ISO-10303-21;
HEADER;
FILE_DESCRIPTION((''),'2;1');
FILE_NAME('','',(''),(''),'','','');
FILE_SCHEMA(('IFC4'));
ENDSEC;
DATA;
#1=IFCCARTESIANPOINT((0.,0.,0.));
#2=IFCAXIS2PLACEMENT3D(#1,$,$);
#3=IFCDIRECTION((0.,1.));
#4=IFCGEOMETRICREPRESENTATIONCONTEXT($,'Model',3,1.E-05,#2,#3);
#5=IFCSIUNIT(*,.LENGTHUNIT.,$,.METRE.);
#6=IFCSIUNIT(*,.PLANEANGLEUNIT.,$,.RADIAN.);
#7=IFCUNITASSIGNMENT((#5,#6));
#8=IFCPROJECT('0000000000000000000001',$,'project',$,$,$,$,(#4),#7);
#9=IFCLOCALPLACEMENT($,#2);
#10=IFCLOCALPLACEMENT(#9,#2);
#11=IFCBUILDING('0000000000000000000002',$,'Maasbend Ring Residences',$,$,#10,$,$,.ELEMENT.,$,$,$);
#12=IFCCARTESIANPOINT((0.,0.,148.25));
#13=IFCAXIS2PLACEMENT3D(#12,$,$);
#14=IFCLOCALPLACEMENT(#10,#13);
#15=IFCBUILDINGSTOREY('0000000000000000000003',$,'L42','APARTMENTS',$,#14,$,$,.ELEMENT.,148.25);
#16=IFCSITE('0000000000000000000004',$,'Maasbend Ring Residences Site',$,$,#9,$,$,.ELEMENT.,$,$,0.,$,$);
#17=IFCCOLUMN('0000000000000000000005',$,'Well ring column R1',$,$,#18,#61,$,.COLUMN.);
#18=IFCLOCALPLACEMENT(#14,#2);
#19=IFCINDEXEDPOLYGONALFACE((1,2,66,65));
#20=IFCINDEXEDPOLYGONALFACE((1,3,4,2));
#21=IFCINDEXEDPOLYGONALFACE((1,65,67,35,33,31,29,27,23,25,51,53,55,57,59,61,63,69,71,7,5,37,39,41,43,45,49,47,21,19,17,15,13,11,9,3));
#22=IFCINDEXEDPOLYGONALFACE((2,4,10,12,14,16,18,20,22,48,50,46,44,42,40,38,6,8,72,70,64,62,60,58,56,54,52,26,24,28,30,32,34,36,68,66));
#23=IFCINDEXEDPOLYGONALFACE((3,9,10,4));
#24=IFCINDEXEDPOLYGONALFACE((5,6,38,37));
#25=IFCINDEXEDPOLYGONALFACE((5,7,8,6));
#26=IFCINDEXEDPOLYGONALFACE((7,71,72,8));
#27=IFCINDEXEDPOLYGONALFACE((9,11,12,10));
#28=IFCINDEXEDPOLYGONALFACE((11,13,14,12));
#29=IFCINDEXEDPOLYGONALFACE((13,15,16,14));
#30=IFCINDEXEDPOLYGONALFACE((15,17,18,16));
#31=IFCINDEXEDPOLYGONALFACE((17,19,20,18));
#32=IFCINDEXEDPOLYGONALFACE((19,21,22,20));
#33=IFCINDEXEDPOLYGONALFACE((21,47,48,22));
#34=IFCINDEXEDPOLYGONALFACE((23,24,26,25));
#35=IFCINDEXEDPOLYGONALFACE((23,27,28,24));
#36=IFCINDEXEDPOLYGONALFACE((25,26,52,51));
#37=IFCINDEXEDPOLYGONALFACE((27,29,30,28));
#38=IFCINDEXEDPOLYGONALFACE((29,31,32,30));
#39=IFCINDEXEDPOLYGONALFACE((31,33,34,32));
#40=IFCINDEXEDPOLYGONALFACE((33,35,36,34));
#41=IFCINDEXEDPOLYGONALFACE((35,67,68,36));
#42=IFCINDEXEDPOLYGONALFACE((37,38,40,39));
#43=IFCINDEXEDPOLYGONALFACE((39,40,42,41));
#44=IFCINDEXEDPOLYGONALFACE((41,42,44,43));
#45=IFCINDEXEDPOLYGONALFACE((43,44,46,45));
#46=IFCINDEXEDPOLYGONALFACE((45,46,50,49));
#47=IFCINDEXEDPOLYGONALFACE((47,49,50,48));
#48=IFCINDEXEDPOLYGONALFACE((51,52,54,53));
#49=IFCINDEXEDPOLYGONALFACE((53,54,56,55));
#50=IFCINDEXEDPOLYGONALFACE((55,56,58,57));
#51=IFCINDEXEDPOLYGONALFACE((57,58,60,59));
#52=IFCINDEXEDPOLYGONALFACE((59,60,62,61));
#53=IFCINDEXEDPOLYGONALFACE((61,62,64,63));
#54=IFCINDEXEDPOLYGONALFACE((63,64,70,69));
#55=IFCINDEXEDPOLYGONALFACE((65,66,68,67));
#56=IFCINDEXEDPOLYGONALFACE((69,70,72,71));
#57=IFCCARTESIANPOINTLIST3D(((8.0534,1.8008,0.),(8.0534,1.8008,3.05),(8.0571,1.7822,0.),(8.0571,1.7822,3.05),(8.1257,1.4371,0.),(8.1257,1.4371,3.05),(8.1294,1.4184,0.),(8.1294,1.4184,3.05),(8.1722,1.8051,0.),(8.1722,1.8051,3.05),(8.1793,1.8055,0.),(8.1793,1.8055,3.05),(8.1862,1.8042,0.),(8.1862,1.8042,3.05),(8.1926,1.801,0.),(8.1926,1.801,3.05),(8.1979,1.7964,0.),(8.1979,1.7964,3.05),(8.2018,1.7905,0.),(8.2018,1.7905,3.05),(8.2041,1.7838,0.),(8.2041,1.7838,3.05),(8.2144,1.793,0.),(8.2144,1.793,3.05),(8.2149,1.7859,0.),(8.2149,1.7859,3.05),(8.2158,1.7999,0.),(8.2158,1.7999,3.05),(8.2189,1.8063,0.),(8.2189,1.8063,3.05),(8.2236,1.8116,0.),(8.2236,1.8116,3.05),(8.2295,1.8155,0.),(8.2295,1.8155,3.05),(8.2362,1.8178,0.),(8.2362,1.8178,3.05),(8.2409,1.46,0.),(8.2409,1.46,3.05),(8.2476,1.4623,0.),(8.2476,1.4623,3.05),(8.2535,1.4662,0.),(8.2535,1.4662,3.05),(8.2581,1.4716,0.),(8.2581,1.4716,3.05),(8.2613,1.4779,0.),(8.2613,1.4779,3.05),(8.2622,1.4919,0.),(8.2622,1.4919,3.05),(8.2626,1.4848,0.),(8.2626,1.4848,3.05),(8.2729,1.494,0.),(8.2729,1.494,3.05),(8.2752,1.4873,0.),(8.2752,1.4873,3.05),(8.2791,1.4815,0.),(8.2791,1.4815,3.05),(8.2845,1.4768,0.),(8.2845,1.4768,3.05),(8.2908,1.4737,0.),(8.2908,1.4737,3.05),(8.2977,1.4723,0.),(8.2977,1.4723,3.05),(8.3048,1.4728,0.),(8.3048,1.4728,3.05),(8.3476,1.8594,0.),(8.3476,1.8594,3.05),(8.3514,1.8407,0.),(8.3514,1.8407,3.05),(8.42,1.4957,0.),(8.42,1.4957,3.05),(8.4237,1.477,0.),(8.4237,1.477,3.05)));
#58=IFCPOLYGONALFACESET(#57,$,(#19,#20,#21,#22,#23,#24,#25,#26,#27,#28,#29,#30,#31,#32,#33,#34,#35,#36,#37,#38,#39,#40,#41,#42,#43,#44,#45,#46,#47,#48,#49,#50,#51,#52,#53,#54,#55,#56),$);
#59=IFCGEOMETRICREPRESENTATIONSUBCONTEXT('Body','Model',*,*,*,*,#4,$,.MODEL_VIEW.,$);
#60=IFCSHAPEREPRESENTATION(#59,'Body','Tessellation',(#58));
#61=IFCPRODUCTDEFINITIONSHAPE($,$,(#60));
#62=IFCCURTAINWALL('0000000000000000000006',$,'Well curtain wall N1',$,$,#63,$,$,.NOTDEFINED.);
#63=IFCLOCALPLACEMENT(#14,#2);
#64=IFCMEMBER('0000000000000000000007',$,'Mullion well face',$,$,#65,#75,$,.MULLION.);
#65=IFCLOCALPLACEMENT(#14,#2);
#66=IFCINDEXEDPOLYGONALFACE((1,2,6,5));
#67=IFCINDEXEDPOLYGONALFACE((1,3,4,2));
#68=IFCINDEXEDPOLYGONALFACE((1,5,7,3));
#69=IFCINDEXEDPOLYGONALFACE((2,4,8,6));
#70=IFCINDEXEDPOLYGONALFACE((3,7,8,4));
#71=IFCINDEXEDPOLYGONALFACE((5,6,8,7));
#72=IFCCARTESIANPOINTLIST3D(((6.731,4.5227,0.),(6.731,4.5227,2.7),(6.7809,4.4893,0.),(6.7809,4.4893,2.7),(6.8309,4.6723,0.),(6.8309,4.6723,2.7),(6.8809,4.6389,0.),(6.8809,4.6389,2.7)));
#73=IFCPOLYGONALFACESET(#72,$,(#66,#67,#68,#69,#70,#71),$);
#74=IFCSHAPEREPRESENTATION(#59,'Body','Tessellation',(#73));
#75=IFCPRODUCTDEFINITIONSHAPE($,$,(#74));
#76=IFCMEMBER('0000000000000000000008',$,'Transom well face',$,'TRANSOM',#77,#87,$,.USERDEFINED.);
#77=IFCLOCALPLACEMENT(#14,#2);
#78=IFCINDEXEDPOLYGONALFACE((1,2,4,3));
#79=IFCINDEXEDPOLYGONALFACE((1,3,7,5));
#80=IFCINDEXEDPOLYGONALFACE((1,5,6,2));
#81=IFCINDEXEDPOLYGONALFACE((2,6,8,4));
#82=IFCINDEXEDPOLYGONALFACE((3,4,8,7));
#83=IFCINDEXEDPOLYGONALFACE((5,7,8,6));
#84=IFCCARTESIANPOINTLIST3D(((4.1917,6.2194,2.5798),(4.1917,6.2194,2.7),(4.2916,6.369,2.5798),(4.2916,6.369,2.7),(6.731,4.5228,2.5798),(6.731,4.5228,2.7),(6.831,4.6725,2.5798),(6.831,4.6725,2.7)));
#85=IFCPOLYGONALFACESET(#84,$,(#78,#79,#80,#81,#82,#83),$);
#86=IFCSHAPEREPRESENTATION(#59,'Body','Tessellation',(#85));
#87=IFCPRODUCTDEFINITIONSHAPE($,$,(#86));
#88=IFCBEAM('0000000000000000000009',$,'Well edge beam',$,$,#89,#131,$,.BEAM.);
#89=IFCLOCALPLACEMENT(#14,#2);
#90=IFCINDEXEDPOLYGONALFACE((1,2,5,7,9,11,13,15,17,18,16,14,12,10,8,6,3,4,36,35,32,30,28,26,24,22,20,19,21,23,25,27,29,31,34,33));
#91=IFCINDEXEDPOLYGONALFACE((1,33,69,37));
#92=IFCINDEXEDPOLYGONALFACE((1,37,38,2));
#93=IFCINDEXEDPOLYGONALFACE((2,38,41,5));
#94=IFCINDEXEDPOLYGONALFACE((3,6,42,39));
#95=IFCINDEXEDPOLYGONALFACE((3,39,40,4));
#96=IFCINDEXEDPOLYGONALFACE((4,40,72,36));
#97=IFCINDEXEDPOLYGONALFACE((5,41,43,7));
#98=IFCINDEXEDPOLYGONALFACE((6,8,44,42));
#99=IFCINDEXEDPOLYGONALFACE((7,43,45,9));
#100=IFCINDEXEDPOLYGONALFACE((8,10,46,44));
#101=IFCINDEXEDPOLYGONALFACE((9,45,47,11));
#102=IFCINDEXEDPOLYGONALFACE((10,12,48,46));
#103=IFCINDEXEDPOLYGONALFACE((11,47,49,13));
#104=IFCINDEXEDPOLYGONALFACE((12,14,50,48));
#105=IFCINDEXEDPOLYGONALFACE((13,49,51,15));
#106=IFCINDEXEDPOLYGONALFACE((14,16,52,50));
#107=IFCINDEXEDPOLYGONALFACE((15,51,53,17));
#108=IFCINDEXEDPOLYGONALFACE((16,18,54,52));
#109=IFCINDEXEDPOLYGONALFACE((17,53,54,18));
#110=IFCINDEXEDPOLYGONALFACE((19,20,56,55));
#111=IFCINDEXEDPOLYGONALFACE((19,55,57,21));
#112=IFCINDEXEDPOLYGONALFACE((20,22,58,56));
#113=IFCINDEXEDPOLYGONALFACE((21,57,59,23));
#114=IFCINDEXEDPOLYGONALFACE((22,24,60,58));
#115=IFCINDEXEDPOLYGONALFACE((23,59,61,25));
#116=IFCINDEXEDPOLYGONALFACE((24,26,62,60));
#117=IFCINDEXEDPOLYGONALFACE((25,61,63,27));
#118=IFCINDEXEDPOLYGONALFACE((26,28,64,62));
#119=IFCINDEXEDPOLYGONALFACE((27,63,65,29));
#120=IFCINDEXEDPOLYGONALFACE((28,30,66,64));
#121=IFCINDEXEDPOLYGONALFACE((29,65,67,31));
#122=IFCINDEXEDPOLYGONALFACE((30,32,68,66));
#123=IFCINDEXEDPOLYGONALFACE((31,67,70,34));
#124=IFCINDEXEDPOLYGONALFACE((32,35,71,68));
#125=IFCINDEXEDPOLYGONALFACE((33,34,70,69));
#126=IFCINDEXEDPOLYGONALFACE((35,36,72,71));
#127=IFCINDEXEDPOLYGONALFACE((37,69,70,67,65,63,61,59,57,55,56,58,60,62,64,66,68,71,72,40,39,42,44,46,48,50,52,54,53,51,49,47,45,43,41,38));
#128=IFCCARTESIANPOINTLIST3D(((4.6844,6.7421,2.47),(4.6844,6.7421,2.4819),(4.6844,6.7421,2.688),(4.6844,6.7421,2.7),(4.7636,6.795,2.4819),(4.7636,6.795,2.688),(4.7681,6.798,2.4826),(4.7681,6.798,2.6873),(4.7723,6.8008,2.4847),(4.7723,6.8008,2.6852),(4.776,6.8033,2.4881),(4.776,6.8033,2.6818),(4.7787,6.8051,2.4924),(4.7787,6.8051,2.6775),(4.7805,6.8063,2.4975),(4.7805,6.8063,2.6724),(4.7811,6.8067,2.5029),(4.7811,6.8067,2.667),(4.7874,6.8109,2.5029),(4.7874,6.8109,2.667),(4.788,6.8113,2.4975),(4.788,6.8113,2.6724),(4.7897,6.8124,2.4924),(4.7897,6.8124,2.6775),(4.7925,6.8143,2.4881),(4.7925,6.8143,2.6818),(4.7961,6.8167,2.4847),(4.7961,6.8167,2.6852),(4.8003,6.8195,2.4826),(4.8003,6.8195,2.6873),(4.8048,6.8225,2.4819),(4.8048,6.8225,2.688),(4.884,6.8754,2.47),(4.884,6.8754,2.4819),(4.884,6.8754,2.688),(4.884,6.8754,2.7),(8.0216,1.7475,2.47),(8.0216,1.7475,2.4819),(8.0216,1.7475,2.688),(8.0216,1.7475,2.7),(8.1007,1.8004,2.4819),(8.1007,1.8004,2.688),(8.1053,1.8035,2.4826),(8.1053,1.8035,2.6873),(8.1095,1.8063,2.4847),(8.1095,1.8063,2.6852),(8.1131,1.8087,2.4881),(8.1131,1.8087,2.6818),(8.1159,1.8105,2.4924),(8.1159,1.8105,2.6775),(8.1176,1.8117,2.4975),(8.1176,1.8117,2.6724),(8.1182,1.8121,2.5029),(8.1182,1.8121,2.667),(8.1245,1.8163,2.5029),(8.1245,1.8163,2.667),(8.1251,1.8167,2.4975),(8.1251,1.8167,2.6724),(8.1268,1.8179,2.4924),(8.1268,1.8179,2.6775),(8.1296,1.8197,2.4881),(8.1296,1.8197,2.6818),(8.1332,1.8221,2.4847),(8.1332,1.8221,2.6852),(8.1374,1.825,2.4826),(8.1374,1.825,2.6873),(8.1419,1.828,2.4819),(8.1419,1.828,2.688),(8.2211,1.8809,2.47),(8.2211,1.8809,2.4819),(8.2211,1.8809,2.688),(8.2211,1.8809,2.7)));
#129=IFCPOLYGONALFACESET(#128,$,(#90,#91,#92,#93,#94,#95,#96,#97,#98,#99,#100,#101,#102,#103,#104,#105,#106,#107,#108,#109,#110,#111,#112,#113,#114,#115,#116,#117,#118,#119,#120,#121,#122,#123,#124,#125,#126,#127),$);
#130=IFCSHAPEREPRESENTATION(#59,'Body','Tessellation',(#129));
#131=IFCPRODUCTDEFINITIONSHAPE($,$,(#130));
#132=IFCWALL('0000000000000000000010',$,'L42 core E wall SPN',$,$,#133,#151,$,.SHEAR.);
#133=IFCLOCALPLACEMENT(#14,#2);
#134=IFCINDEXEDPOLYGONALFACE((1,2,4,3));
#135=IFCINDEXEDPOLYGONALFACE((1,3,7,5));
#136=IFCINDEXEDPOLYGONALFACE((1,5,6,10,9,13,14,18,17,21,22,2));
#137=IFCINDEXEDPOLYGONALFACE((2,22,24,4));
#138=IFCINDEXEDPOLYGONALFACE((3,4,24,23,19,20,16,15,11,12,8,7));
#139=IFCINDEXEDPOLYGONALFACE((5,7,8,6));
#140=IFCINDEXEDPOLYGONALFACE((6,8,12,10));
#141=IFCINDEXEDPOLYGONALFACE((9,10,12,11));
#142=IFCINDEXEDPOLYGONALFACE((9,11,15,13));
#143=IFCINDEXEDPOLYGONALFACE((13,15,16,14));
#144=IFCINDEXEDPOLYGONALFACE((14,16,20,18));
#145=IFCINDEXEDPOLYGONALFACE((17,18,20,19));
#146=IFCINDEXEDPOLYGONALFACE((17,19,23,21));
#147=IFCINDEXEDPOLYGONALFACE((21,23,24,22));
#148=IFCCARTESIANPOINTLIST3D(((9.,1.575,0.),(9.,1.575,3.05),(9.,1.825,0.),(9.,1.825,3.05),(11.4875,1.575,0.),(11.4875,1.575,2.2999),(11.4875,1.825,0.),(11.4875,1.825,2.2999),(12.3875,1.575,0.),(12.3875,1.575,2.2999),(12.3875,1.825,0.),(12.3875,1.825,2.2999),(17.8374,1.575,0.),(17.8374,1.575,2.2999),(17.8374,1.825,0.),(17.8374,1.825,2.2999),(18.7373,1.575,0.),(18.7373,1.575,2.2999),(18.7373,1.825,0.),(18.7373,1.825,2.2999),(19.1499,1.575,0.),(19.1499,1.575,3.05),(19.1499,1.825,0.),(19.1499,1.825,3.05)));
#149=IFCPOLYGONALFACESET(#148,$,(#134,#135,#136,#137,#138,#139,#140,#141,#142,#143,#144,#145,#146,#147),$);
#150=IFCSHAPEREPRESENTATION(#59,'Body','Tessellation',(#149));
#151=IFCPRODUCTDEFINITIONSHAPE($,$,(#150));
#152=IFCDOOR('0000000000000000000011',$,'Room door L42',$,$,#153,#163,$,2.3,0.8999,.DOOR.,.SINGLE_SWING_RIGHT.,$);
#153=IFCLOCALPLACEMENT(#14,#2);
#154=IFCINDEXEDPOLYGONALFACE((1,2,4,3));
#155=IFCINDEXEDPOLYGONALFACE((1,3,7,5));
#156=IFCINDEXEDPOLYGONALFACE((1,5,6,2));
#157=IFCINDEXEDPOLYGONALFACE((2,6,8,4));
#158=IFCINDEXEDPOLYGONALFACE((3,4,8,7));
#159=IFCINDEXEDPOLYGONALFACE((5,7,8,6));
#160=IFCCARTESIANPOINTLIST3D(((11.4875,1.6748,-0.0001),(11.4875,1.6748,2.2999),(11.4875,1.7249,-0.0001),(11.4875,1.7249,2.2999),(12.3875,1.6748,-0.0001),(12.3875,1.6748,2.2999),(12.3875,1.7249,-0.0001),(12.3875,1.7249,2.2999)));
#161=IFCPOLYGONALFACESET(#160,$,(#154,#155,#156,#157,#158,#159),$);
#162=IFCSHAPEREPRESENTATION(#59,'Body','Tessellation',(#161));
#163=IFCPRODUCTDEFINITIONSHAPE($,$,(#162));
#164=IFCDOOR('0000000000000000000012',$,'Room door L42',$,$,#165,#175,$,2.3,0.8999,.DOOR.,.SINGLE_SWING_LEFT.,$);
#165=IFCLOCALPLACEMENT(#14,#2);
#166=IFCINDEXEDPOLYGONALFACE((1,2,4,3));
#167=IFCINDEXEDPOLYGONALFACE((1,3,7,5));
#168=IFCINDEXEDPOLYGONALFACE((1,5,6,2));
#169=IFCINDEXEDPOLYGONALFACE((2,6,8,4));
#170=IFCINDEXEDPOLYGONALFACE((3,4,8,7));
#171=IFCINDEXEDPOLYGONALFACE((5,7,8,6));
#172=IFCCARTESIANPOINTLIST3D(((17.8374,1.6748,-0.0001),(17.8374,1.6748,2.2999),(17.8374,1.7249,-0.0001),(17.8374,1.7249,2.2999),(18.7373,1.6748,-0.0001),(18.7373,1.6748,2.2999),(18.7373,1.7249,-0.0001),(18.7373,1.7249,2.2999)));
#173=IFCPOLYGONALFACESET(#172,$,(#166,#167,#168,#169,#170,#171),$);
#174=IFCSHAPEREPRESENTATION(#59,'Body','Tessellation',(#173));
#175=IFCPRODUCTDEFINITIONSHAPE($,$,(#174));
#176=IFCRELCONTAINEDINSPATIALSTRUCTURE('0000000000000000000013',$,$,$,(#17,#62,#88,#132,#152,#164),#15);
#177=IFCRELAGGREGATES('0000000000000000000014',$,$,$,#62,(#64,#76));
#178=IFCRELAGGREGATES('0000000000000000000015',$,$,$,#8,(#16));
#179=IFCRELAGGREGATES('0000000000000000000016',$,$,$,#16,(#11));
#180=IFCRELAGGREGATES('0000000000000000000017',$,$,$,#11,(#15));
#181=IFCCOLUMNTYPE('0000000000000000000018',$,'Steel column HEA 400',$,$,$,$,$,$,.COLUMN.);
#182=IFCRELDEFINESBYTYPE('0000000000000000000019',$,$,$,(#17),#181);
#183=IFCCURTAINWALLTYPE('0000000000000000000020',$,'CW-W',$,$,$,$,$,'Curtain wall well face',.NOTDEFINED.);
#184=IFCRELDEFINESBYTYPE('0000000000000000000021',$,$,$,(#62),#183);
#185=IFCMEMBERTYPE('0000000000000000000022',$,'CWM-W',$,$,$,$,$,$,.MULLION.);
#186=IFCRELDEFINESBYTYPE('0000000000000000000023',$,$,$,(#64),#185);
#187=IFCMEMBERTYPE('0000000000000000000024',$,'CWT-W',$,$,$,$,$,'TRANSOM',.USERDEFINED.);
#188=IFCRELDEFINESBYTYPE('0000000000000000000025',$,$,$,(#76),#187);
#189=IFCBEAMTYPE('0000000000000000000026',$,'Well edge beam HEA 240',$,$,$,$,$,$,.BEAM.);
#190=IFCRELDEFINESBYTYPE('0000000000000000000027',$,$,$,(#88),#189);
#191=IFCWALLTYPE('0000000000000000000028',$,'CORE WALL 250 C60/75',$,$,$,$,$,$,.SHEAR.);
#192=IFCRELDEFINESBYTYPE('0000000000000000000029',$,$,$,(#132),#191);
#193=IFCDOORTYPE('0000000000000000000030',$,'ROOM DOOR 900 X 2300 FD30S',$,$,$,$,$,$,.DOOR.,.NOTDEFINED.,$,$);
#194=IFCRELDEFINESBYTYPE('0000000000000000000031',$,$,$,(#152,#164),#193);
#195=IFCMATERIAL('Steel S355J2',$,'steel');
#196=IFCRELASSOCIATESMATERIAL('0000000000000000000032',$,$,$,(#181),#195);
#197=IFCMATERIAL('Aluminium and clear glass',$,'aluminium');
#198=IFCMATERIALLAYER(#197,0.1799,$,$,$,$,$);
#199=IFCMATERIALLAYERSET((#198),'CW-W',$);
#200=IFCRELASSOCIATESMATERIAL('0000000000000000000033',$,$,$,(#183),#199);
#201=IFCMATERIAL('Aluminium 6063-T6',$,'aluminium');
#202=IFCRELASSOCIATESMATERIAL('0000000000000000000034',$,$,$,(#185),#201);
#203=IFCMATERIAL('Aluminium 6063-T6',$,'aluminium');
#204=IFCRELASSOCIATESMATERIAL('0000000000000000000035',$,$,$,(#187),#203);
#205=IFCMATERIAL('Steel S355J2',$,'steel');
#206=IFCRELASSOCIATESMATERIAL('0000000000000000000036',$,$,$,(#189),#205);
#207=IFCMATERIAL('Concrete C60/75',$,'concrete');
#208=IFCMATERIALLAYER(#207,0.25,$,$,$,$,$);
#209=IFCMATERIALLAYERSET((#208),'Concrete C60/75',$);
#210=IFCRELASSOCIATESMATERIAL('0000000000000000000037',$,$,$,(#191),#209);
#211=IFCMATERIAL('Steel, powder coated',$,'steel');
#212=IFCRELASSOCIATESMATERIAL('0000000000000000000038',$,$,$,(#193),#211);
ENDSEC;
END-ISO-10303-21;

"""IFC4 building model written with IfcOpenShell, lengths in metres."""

from ifc_helpers import new_model, si_unit, direction, frame, frame_2d, origin, origin_2d, place, context, subcontext, project, spatial, rectangle, i_section, extrude, material, layer, layer_set, material_profile, profile_set, type_object, element, fill, aggregate, save


model = new_model("IFC4")

# Units and contexts
model_context = context("Model", 3, precision=1e-05, world=origin(), true_north=direction((0.0, 1.0)))
body_context = subcontext(model_context, "Body", "Model", "MODEL_VIEW")
ifc_project = project(units=[si_unit("LENGTHUNIT", "METRE"), si_unit("PLANEANGLEUNIT", "RADIAN")], contexts=[model_context])

# Site, building, storey
site_placement = place(None, origin())
site = spatial("IfcSite", under=ifc_project, at=site_placement, Name="Maasbend Ring Residences Site", CompositionType="ELEMENT", RefElevation=0.0)
building_placement = place(site_placement, origin())
building = spatial("IfcBuilding", under=site, at=building_placement, Name="Maasbend Ring Residences", CompositionType="ELEMENT")
storey_placement = place(building_placement, frame((0.0, 0.0, 148.25)))
storey = spatial("IfcBuildingStorey", under=building, at=storey_placement, Name="L42", Description="APARTMENTS", CompositionType="ELEMENT", Elevation=148.25)

# Column
ifc_material_1 = material(Name="Steel S355J2", Category="steel")
ifc_material_profile_1 = material_profile(ifc_material_1, i_section(OverallWidth=0.3, OverallDepth=0.3899, WebThickness=0.011, FlangeThickness=0.019, FilletRadius=0.0271, at=origin_2d()), Name="HEA 400")
ifc_profile_set_1 = profile_set([ifc_material_profile_1], Name="Steel S355J2")
column_type = type_object("IfcColumnType", Name="Steel column HEA 400", PredefinedType="COLUMN", material=ifc_profile_set_1)
column_placement = place(storey_placement, frame((8.2385, 1.6389, 0.0), z_axis=(0.0, 0.0, 1.0), x_axis=(0.980785, 0.19509, 0.0)))
element("IfcColumn", 1, at=column_placement, inside=storey, type_object=column_type, Name="Well ring column R1", PredefinedType="COLUMN", context=body_context, shape_type="SweptSolid", body=[
    extrude(i_section(OverallWidth=0.3, OverallDepth=0.3899, WebThickness=0.011, FlangeThickness=0.019, FilletRadius=0.0271, at=origin_2d()), origin(), (0.0, 0.0, 1.0), 3.05),
])

# Curtain wall, members
ifc_material_2 = material(Name="Aluminium and clear glass", Category="aluminium")
ifc_layer_1 = layer(ifc_material_2, 0.1799)
ifc_layer_set_1 = layer_set([ifc_layer_1], Name="CW-W")
curtain_wall_type = type_object("IfcCurtainWallType", Name="CW-W", ElementType="Curtain wall well face", PredefinedType="NOTDEFINED", material=ifc_layer_set_1)
curtain_wall_placement = place(storey_placement, origin())
curtain_wall = element("IfcCurtainWall", 2, at=curtain_wall_placement, inside=storey, type_object=curtain_wall_type, Name="Well curtain wall N1", PredefinedType="NOTDEFINED")
ifc_material_3 = material(Name="Aluminium 6063-T6", Category="aluminium")
ifc_material_profile_2 = material_profile(ifc_material_3, rectangle(XDim=0.1799, YDim=0.0601, at=origin_2d()), Name="AL 180x60")
ifc_profile_set_2 = profile_set([ifc_material_profile_2], Name="Aluminium 6063-T6")
member_type_1 = type_object("IfcMemberType", Name="CWM-W", PredefinedType="MULLION", material=ifc_profile_set_2)
member_1_placement = place(storey_placement, frame((6.8059, 4.5808, 0.0), z_axis=(0.0, 0.0, 1.0), x_axis=(-0.55557, -0.83147, 0.0)))
member_1 = element("IfcMember", 3, at=member_1_placement, type_object=member_type_1, Name="Mullion well face", PredefinedType="MULLION", context=body_context, shape_type="SweptSolid", body=[
    extrude(rectangle(XDim=0.1799, YDim=0.0601, at=origin_2d()), origin(), (0.0, 0.0, 1.0), 2.7),
])
ifc_material_4 = material(Name="Aluminium 6063-T6", Category="aluminium")
ifc_material_profile_3 = material_profile(ifc_material_4, rectangle(XDim=0.1799, YDim=0.1201, at=origin_2d()), Name="AL 180x120")
ifc_profile_set_3 = profile_set([ifc_material_profile_3], Name="Aluminium 6063-T6")
member_type_2 = type_object("IfcMemberType", Name="CWT-W", ElementType="TRANSOM", PredefinedType="USERDEFINED", material=ifc_profile_set_3)
member_2_placement = place(storey_placement, frame((6.781, 4.5977, 2.6399), z_axis=(-0.831496, 0.55553, 0.0), x_axis=(-0.55553, -0.831496, 0.0)))
member_2 = element("IfcMember", 4, at=member_2_placement, type_object=member_type_2, Name="Transom well face", ObjectType="TRANSOM", PredefinedType="USERDEFINED", context=body_context, shape_type="SweptSolid", body=[
    extrude(rectangle(XDim=0.1799, YDim=0.1201, at=origin_2d()), origin(), (0.0, 0.0, 1.0), 3.054),
])
aggregate(curtain_wall, [member_1, member_2])

# Beam
ifc_material_5 = material(Name="Steel S355J2", Category="steel")
ifc_material_profile_4 = material_profile(ifc_material_5, i_section(OverallWidth=0.24, OverallDepth=0.23, WebThickness=0.0076, FlangeThickness=0.012, FilletRadius=0.021, at=origin_2d()), Name="HEA 240")
ifc_profile_set_4 = profile_set([ifc_material_profile_4], Name="Steel S355J2")
beam_type = type_object("IfcBeamType", Name="Well edge beam HEA 240", PredefinedType="BEAM", material=ifc_profile_set_4)
beam_placement = place(storey_placement, frame((8.1213, 1.8142, 2.585), z_axis=(-0.555553, 0.831481, 0.0), x_axis=(-0.831481, -0.555553, 0.0)))
element("IfcBeam", 5, at=beam_placement, inside=storey, type_object=beam_type, Name="Well edge beam", PredefinedType="BEAM", context=body_context, shape_type="SweptSolid", body=[
    extrude(i_section(OverallWidth=0.24, OverallDepth=0.23, WebThickness=0.0076, FlangeThickness=0.012, FilletRadius=0.021, at=origin_2d()), origin(), (0.0, 0.0, 1.0), 6.0068),
])

# Wall, openings, doors
ifc_material_6 = material(Name="Concrete C60/75", Category="concrete")
ifc_layer_2 = layer(ifc_material_6, 0.25)
ifc_layer_set_2 = layer_set([ifc_layer_2], Name="Concrete C60/75")
wall_type_1 = type_object("IfcWallType", Name="CORE WALL 250 C60/75", PredefinedType="SHEAR", material=ifc_layer_set_2)
wall_1_placement = place(storey_placement, frame((9.0, 1.7, 0.0), z_axis=(0.0, 0.0, 1.0), x_axis=(1.0, 0.0, 0.0)))
wall_1 = element("IfcWall", 6, at=wall_1_placement, inside=storey, type_object=wall_type_1, Name="L42 core E wall SPN", PredefinedType="SHEAR", context=body_context, shape_type="SweptSolid", body=[
    extrude(rectangle(XDim=10.1499, YDim=0.25, at=frame_2d((5.075, 0.0))), origin(), (0.0, 0.0, 1.0), 3.05),
])
opening_1_placement = place(wall_1_placement, frame((2.4875, 0.0, 0.0)))
opening_1 = element("IfcOpeningElement", 7, at=opening_1_placement, cuts=wall_1, PredefinedType="OPENING", context=body_context, shape_type="SweptSolid", body=[
    extrude(rectangle(XDim=0.8999, YDim=2.3, at=frame_2d((0.45, 1.1499))), frame((0.0, 0.135, 0.0), z_axis=(0.0, -1.0, 0.0), x_axis=(1.0, 0.0, 0.0)), (0.0, 0.0, 1.0), 0.27),
])
opening_2_placement = place(wall_1_placement, frame((8.8374, 0.0, 0.0)))
opening_2 = element("IfcOpeningElement", 8, at=opening_2_placement, cuts=wall_1, PredefinedType="OPENING", context=body_context, shape_type="SweptSolid", body=[
    extrude(rectangle(XDim=0.8999, YDim=2.3, at=frame_2d((0.45, 1.1499))), frame((0.0, 0.135, 0.0), z_axis=(0.0, -1.0, 0.0), x_axis=(1.0, 0.0, 0.0)), (0.0, 0.0, 1.0), 0.27),
])
ifc_material_7 = material(Name="Steel, powder coated", Category="steel")
door_type_1 = type_object("IfcDoorType", Name="ROOM DOOR 900 X 2300 FD30S", OperationType="NOTDEFINED", PredefinedType="DOOR", material=ifc_material_7)
door_1_placement = place(opening_1_placement, origin())
door_1 = element("IfcDoor", 9, at=door_1_placement, inside=storey, type_object=door_type_1, Name="Room door L42", OperationType="SINGLE_SWING_RIGHT", OverallHeight=2.3, OverallWidth=0.8999, PredefinedType="DOOR", context=body_context, shape_type="SweptSolid", body=[
    extrude(rectangle(XDim=0.8999, YDim=2.3, at=frame_2d((0.45, 1.1499))), frame((0.0, 0.0249, 0.0), z_axis=(0.0, -1.0, 0.0), x_axis=(1.0, 0.0, 0.0)), (0.0, 0.0, 1.0), 0.05),
])
fill(opening_1, door_1)
door_2_placement = place(opening_2_placement, origin())
door_2 = element("IfcDoor", 10, at=door_2_placement, inside=storey, type_object=door_type_1, Name="Room door L42", OperationType="SINGLE_SWING_LEFT", OverallHeight=2.3, OverallWidth=0.8999, PredefinedType="DOOR", context=body_context, shape_type="SweptSolid", body=[
    extrude(rectangle(XDim=0.8999, YDim=2.3, at=frame_2d((0.45, 1.1499))), frame((0.0, 0.0249, 0.0), z_axis=(0.0, -1.0, 0.0), x_axis=(1.0, 0.0, 0.0)), (0.0, 0.0, 1.0), 0.05),
])
fill(opening_2, door_2)

save(model, "model.ifc")
